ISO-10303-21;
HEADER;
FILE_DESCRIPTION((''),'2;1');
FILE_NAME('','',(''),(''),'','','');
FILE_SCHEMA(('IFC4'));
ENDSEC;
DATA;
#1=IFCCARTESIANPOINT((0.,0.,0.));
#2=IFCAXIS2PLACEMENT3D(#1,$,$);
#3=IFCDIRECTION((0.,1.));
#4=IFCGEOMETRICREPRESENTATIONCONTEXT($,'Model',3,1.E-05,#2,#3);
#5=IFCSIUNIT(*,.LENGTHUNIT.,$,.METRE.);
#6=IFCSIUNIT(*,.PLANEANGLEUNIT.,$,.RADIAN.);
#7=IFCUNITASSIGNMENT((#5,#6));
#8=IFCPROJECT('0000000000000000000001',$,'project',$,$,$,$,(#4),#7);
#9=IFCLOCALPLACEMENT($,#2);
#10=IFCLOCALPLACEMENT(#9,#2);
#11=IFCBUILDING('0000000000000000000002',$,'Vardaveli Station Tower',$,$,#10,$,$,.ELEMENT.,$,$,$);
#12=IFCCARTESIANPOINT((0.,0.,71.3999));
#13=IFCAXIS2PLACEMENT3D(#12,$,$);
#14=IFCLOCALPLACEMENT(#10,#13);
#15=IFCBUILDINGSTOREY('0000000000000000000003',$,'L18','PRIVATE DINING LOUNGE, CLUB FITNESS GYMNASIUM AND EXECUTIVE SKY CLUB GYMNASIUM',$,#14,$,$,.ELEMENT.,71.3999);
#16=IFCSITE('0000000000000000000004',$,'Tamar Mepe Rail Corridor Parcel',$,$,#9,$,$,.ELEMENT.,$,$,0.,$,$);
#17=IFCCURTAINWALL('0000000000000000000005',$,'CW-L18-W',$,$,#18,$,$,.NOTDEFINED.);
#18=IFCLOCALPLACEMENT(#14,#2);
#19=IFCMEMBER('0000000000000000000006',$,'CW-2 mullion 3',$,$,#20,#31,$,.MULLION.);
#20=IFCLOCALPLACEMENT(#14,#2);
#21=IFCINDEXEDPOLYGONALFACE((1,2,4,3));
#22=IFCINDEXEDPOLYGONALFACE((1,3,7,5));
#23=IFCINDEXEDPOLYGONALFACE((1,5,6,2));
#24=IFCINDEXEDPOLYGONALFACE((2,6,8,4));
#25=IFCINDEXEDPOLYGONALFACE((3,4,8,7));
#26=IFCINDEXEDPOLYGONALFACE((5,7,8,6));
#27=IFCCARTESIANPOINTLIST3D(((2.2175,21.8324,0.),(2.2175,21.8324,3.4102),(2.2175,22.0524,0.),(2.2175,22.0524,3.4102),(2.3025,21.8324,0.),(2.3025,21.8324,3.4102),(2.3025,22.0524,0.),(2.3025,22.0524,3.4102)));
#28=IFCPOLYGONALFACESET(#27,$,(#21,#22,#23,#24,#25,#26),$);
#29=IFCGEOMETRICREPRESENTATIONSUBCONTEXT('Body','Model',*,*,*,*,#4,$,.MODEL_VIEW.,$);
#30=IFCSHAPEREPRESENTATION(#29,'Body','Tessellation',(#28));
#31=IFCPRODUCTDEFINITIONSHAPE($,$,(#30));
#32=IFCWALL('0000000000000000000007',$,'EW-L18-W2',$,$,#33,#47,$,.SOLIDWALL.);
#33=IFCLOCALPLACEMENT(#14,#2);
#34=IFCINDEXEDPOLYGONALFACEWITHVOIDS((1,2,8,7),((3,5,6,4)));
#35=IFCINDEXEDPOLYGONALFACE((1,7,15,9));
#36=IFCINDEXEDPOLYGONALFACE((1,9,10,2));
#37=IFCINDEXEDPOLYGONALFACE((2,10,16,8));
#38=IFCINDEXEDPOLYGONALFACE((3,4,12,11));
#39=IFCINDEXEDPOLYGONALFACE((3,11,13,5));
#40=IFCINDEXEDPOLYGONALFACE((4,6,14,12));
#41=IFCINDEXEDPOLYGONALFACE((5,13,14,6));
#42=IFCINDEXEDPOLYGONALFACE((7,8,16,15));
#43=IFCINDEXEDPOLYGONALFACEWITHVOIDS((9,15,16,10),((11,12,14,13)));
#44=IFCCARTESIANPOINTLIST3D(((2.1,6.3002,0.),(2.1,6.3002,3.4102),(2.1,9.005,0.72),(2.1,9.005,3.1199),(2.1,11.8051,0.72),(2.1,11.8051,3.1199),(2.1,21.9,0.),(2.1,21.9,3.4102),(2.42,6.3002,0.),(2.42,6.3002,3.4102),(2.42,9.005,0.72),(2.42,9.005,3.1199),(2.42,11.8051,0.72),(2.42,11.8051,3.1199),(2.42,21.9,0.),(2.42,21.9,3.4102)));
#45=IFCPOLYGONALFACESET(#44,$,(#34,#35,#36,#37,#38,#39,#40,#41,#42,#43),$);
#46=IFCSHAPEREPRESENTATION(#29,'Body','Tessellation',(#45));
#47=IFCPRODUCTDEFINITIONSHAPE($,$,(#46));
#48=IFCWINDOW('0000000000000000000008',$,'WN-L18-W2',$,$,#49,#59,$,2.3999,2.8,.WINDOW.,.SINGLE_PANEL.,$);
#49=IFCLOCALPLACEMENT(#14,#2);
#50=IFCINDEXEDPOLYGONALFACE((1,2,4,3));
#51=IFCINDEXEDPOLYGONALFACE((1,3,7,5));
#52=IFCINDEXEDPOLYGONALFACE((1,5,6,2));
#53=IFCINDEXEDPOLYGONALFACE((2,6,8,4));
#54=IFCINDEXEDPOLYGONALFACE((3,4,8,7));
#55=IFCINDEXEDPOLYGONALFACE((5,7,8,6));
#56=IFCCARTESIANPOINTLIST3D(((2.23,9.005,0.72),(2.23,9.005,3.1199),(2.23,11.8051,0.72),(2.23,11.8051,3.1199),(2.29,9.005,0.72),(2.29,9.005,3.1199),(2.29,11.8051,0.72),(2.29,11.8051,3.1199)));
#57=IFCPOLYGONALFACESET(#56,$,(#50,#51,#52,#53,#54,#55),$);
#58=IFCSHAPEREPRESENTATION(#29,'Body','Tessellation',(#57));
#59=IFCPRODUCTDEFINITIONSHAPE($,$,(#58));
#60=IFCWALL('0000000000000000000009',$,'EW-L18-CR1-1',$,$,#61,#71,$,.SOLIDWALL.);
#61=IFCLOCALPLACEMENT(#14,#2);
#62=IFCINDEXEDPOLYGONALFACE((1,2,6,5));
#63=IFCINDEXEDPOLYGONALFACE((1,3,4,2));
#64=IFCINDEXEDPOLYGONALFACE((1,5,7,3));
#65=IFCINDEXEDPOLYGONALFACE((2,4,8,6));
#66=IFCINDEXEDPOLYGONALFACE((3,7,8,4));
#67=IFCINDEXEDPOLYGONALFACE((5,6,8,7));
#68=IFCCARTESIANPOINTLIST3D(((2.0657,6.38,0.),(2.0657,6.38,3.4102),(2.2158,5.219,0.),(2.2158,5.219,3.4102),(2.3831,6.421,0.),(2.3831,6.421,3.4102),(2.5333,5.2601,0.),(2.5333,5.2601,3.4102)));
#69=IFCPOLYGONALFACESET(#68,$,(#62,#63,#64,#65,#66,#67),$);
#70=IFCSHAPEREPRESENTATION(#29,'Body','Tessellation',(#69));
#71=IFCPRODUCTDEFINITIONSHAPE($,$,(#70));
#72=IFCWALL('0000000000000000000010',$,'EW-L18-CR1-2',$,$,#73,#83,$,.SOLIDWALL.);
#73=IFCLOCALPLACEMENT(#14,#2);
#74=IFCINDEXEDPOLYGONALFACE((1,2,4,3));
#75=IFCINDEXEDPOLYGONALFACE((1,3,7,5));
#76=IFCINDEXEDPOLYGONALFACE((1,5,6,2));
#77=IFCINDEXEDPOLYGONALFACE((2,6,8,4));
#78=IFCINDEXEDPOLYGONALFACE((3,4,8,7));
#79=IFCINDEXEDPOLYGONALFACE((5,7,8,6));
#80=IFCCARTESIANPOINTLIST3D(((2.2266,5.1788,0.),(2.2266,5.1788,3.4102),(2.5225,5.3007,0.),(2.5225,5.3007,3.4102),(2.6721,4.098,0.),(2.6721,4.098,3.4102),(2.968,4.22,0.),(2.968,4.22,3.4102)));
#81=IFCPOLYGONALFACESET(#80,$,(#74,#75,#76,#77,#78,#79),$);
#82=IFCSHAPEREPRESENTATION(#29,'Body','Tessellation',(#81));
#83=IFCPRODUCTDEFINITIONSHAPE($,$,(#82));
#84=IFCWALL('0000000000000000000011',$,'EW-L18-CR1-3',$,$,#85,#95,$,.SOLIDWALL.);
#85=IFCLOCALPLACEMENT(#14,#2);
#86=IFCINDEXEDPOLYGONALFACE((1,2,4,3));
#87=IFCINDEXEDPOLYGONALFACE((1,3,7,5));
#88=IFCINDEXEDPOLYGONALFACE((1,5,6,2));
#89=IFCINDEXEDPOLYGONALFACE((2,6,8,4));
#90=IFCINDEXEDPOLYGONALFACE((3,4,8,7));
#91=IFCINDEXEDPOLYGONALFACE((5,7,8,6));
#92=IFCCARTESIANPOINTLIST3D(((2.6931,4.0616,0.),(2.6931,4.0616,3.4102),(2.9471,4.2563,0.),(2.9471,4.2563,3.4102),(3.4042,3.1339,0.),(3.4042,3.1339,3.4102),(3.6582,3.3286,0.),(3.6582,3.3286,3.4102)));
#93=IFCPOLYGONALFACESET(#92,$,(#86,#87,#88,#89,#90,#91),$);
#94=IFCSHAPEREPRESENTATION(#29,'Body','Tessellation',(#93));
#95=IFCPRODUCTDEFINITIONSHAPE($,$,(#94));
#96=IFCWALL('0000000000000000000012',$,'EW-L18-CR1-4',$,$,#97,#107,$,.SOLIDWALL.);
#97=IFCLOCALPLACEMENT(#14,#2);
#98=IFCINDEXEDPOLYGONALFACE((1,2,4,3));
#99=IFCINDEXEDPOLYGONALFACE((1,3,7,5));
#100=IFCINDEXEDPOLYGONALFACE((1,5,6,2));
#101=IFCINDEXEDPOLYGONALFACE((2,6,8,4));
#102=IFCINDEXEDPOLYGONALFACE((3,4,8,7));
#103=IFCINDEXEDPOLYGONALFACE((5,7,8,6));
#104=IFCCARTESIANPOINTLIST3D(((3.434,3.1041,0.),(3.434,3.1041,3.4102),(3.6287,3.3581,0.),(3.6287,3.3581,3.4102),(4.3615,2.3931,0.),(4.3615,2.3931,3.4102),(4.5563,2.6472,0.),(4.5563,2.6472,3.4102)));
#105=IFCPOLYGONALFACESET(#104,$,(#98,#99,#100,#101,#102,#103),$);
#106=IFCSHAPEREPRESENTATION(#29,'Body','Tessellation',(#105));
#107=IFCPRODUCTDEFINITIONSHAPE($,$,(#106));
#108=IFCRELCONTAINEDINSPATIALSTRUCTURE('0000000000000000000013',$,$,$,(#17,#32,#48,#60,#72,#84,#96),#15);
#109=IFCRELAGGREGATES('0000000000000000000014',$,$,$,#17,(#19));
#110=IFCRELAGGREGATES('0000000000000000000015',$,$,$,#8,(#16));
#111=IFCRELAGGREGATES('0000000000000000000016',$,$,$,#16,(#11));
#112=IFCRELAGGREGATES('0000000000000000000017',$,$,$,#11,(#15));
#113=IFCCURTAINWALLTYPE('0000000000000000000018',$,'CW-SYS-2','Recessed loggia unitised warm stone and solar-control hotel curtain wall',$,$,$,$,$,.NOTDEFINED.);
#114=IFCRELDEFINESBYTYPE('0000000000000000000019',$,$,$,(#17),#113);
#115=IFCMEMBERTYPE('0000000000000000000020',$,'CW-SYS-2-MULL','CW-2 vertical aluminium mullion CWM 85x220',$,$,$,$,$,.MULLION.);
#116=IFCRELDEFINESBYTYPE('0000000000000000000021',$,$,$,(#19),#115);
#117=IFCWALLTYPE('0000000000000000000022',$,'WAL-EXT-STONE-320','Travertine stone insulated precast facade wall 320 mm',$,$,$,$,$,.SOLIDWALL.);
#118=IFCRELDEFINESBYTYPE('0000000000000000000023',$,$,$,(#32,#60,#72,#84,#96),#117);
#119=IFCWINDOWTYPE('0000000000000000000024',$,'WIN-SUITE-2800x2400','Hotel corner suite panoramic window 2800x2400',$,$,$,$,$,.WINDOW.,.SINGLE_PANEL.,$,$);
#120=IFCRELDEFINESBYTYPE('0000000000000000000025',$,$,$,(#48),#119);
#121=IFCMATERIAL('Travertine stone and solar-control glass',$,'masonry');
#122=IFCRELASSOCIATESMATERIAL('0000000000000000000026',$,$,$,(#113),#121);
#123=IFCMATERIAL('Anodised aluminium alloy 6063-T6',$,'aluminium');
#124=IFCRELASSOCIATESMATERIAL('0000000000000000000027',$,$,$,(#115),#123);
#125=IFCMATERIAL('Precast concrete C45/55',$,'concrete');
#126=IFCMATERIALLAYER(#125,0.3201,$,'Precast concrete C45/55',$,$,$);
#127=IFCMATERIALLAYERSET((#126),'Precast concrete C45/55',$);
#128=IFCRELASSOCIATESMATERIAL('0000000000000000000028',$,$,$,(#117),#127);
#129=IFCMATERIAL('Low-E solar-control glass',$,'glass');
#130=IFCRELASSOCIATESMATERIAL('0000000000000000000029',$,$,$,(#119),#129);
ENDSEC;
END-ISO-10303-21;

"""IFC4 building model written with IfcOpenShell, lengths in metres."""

from ifc_helpers import new_model, si_unit, direction, frame, frame_2d, origin, origin_2d, place, context, subcontext, project, spatial, rectangle, extrude, source, transform, mapped, material, layer, layer_set, material_profile, profile_set, type_object, element, fill, aggregate, save


model = new_model("IFC4")

# Units and contexts
model_context = context("Model", 3, precision=1e-05, world=origin(), true_north=direction((0.0, 1.0)))
body_context = subcontext(model_context, "Body", "Model", "MODEL_VIEW")
ifc_project = project(units=[si_unit("LENGTHUNIT", "METRE"), si_unit("PLANEANGLEUNIT", "RADIAN")], contexts=[model_context])

# Site, building, storey
site_placement = place(None, origin())
site = spatial("IfcSite", under=ifc_project, at=site_placement, Name="Tamar Mepe Rail Corridor Parcel", CompositionType="ELEMENT", RefElevation=0.0)
building_placement = place(site_placement, origin())
building = spatial("IfcBuilding", under=site, at=building_placement, Name="Vardaveli Station Tower", CompositionType="ELEMENT")
storey_placement = place(building_placement, frame((0.0, 0.0, 71.3999)))
storey = spatial("IfcBuildingStorey", under=building, at=storey_placement, Name="L18", Description="PRIVATE DINING LOUNGE, CLUB FITNESS GYMNASIUM AND EXECUTIVE SKY CLUB GYMNASIUM", CompositionType="ELEMENT", Elevation=71.3999)

# Shared definitions
ifc_material_1 = material(Name="Precast concrete C45/55", Category="concrete")

# Curtain wall, member
ifc_material_2 = material(Name="Travertine stone and solar-control glass", Category="masonry")
curtain_wall_type = type_object("IfcCurtainWallType", Name="CW-SYS-2", Description="Recessed loggia unitised warm stone and solar-control hotel curtain wall", PredefinedType="NOTDEFINED", material=ifc_material_2)
curtain_wall_placement = place(storey_placement, origin())
curtain_wall = element("IfcCurtainWall", 1, at=curtain_wall_placement, inside=storey, type_object=curtain_wall_type, Name="CW-L18-W", PredefinedType="NOTDEFINED")
ifc_material_3 = material(Name="Anodised aluminium alloy 6063-T6", Category="aluminium")
ifc_material_profile_1 = material_profile(ifc_material_3, rectangle(XDim=0.085, YDim=0.22, at=origin_2d()), Name="CWM 85x220")
ifc_profile_set_1 = profile_set([ifc_material_profile_1], Name="Anodised aluminium alloy 6063-T6")
member_type = type_object("IfcMemberType", Name="CW-SYS-2-MULL", Description="CW-2 vertical aluminium mullion CWM 85x220", PredefinedType="MULLION", material=ifc_profile_set_1)
shared_shape_1 = source(origin(), body_context, "Body", "SweptSolid", [
    extrude(rectangle(XDim=0.085, YDim=0.22, at=origin_2d()), origin(), (0.0, 0.0, 1.0), 3.4102),
])
member_placement = place(storey_placement, frame((2.26, 21.9424, 0.0), z_axis=(0.0, 0.0, 1.0), x_axis=(1.0, 0.0, 0.0)))
member = element("IfcMember", 2, at=member_placement, type_object=member_type, Name="CW-2 mullion 3", PredefinedType="MULLION", context=body_context, shape_type="MappedRepresentation", body=[
    mapped(shared_shape_1, transform((0.0, 0.0, 0.0), scale=1.0)),
])
aggregate(curtain_wall, [member])

# Wall, opening, window
ifc_layer_1 = layer(ifc_material_1, 0.3201, Name="Precast concrete C45/55")
ifc_layer_set_1 = layer_set([ifc_layer_1], Name="Precast concrete C45/55")
wall_type_1 = type_object("IfcWallType", Name="WAL-EXT-STONE-320", Description="Travertine stone insulated precast facade wall 320 mm", PredefinedType="SOLIDWALL", material=ifc_layer_set_1)
shared_shape_2 = source(origin(), body_context, "Body", "SweptSolid", [
    extrude(rectangle(XDim=15.5999, YDim=0.3201, at=frame_2d((7.7998, 0.0))), origin(), (0.0, 0.0, 1.0), 3.4102),
])
wall_1_placement = place(storey_placement, frame((2.26, 21.8999, 0.0), z_axis=(0.0, 0.0, 1.0), x_axis=(0.0, -1.0, 0.0)))
wall_1 = element("IfcWall", 3, at=wall_1_placement, inside=storey, type_object=wall_type_1, Name="EW-L18-W2", PredefinedType="SOLIDWALL", context=body_context, shape_type="MappedRepresentation", body=[
    mapped(shared_shape_2, transform((0.0, 0.0, 0.0), scale=1.0)),
])
shared_shape_3 = source(origin(), body_context, "Body", "SweptSolid", [
    extrude(rectangle(XDim=2.8, YDim=2.3999, at=frame_2d((1.3999, 1.2))), frame((0.0, 0.1699, 0.0), z_axis=(0.0, -1.0, 0.0), x_axis=(1.0, 0.0, 0.0)), (0.0, 0.0, 1.0), 0.3401),
])
opening_1_placement = place(wall_1_placement, frame((10.095, 0.0, 0.72)))
opening_1 = element("IfcOpeningElement", 4, at=opening_1_placement, cuts=wall_1, PredefinedType="OPENING", context=body_context, shape_type="MappedRepresentation", body=[
    mapped(shared_shape_3, transform((0.0, 0.0, 0.0), scale=1.0)),
])
ifc_material_4 = material(Name="Low-E solar-control glass", Category="glass")
window_type = type_object("IfcWindowType", Name="WIN-SUITE-2800x2400", Description="Hotel corner suite panoramic window 2800x2400", PartitioningType="SINGLE_PANEL", PredefinedType="WINDOW", material=ifc_material_4)
shared_shape_4 = source(origin(), body_context, "Body", "SweptSolid", [
    extrude(rectangle(XDim=2.8, YDim=2.3999, at=frame_2d((1.3999, 1.2))), frame((0.0, 0.03, 0.0), z_axis=(0.0, -1.0, 0.0), x_axis=(1.0, 0.0, 0.0)), (0.0, 0.0, 1.0), 0.0601),
])
window_placement = place(opening_1_placement, origin())
window = element("IfcWindow", 5, at=window_placement, inside=storey, type_object=window_type, Name="WN-L18-W2", OverallHeight=2.3999, OverallWidth=2.8, PartitioningType="SINGLE_PANEL", PredefinedType="WINDOW", context=body_context, shape_type="MappedRepresentation", body=[
    mapped(shared_shape_4, transform((0.0, 0.0, 0.0), scale=1.0)),
])
fill(opening_1, window)

# Walls
shared_shape_5 = source(origin(), body_context, "Body", "SweptSolid", [
    extrude(rectangle(XDim=1.1707, YDim=0.3201, at=frame_2d((0.5854, 0.0))), origin(), (0.0, 0.0, 1.0), 3.4102),
])
wall_2_placement = place(storey_placement, frame((2.2244, 6.4006, 0.0), z_axis=(0.0, 0.0, 1.0), x_axis=(0.128269, -0.991739, 0.0)))
element("IfcWall", 6, at=wall_2_placement, inside=storey, type_object=wall_type_1, Name="EW-L18-CR1-1", PredefinedType="SOLIDWALL", context=body_context, shape_type="MappedRepresentation", body=[
    mapped(shared_shape_5, transform((0.0, 0.0, 0.0), scale=1.0)),
])
shared_shape_6 = source(origin(), body_context, "Body", "SweptSolid", [
    extrude(rectangle(XDim=1.1689, YDim=0.3201, at=frame_2d((0.5845, 0.0))), origin(), (0.0, 0.0, 1.0), 3.4102),
])
for number, where, z_axis, x_axis, name in (
    (7, (2.3745, 5.2397, 0.0), (0.0, 0.0, 1.0), (0.381128, -0.924522, 0.0), "EW-L18-CR1-2"),
    (8, (2.8201, 4.1589, 0.0), (0.0, 0.0, 1.0), (0.608388, -0.79364, 0.0), "EW-L18-CR1-3"),
):
    element("IfcWall", number, at=place(storey_placement, frame(where, z_axis=z_axis, x_axis=x_axis)), inside=storey, type_object=wall_type_1, Name=name, PredefinedType="SOLIDWALL", context=body_context, shape_type="MappedRepresentation", body=[
        mapped(shared_shape_6, transform((0.0, 0.0, 0.0), scale=1.0)),
    ])
shared_shape_7 = source(origin(), body_context, "Body", "SweptSolid", [
    extrude(rectangle(XDim=1.1687, YDim=0.3201, at=frame_2d((0.5845, 0.0))), origin(), (0.0, 0.0, 1.0), 3.4102),
])
wall_3_placement = place(storey_placement, frame((3.5312, 3.2312, 0.0), z_axis=(0.0, 0.0, 1.0), x_axis=(0.793664, -0.608357, 0.0)))
element("IfcWall", 9, at=wall_3_placement, inside=storey, type_object=wall_type_1, Name="EW-L18-CR1-4", PredefinedType="SOLIDWALL", context=body_context, shape_type="MappedRepresentation", body=[
    mapped(shared_shape_7, transform((0.0, 0.0, 0.0), scale=1.0)),
])

save(model, "model.ifc")
